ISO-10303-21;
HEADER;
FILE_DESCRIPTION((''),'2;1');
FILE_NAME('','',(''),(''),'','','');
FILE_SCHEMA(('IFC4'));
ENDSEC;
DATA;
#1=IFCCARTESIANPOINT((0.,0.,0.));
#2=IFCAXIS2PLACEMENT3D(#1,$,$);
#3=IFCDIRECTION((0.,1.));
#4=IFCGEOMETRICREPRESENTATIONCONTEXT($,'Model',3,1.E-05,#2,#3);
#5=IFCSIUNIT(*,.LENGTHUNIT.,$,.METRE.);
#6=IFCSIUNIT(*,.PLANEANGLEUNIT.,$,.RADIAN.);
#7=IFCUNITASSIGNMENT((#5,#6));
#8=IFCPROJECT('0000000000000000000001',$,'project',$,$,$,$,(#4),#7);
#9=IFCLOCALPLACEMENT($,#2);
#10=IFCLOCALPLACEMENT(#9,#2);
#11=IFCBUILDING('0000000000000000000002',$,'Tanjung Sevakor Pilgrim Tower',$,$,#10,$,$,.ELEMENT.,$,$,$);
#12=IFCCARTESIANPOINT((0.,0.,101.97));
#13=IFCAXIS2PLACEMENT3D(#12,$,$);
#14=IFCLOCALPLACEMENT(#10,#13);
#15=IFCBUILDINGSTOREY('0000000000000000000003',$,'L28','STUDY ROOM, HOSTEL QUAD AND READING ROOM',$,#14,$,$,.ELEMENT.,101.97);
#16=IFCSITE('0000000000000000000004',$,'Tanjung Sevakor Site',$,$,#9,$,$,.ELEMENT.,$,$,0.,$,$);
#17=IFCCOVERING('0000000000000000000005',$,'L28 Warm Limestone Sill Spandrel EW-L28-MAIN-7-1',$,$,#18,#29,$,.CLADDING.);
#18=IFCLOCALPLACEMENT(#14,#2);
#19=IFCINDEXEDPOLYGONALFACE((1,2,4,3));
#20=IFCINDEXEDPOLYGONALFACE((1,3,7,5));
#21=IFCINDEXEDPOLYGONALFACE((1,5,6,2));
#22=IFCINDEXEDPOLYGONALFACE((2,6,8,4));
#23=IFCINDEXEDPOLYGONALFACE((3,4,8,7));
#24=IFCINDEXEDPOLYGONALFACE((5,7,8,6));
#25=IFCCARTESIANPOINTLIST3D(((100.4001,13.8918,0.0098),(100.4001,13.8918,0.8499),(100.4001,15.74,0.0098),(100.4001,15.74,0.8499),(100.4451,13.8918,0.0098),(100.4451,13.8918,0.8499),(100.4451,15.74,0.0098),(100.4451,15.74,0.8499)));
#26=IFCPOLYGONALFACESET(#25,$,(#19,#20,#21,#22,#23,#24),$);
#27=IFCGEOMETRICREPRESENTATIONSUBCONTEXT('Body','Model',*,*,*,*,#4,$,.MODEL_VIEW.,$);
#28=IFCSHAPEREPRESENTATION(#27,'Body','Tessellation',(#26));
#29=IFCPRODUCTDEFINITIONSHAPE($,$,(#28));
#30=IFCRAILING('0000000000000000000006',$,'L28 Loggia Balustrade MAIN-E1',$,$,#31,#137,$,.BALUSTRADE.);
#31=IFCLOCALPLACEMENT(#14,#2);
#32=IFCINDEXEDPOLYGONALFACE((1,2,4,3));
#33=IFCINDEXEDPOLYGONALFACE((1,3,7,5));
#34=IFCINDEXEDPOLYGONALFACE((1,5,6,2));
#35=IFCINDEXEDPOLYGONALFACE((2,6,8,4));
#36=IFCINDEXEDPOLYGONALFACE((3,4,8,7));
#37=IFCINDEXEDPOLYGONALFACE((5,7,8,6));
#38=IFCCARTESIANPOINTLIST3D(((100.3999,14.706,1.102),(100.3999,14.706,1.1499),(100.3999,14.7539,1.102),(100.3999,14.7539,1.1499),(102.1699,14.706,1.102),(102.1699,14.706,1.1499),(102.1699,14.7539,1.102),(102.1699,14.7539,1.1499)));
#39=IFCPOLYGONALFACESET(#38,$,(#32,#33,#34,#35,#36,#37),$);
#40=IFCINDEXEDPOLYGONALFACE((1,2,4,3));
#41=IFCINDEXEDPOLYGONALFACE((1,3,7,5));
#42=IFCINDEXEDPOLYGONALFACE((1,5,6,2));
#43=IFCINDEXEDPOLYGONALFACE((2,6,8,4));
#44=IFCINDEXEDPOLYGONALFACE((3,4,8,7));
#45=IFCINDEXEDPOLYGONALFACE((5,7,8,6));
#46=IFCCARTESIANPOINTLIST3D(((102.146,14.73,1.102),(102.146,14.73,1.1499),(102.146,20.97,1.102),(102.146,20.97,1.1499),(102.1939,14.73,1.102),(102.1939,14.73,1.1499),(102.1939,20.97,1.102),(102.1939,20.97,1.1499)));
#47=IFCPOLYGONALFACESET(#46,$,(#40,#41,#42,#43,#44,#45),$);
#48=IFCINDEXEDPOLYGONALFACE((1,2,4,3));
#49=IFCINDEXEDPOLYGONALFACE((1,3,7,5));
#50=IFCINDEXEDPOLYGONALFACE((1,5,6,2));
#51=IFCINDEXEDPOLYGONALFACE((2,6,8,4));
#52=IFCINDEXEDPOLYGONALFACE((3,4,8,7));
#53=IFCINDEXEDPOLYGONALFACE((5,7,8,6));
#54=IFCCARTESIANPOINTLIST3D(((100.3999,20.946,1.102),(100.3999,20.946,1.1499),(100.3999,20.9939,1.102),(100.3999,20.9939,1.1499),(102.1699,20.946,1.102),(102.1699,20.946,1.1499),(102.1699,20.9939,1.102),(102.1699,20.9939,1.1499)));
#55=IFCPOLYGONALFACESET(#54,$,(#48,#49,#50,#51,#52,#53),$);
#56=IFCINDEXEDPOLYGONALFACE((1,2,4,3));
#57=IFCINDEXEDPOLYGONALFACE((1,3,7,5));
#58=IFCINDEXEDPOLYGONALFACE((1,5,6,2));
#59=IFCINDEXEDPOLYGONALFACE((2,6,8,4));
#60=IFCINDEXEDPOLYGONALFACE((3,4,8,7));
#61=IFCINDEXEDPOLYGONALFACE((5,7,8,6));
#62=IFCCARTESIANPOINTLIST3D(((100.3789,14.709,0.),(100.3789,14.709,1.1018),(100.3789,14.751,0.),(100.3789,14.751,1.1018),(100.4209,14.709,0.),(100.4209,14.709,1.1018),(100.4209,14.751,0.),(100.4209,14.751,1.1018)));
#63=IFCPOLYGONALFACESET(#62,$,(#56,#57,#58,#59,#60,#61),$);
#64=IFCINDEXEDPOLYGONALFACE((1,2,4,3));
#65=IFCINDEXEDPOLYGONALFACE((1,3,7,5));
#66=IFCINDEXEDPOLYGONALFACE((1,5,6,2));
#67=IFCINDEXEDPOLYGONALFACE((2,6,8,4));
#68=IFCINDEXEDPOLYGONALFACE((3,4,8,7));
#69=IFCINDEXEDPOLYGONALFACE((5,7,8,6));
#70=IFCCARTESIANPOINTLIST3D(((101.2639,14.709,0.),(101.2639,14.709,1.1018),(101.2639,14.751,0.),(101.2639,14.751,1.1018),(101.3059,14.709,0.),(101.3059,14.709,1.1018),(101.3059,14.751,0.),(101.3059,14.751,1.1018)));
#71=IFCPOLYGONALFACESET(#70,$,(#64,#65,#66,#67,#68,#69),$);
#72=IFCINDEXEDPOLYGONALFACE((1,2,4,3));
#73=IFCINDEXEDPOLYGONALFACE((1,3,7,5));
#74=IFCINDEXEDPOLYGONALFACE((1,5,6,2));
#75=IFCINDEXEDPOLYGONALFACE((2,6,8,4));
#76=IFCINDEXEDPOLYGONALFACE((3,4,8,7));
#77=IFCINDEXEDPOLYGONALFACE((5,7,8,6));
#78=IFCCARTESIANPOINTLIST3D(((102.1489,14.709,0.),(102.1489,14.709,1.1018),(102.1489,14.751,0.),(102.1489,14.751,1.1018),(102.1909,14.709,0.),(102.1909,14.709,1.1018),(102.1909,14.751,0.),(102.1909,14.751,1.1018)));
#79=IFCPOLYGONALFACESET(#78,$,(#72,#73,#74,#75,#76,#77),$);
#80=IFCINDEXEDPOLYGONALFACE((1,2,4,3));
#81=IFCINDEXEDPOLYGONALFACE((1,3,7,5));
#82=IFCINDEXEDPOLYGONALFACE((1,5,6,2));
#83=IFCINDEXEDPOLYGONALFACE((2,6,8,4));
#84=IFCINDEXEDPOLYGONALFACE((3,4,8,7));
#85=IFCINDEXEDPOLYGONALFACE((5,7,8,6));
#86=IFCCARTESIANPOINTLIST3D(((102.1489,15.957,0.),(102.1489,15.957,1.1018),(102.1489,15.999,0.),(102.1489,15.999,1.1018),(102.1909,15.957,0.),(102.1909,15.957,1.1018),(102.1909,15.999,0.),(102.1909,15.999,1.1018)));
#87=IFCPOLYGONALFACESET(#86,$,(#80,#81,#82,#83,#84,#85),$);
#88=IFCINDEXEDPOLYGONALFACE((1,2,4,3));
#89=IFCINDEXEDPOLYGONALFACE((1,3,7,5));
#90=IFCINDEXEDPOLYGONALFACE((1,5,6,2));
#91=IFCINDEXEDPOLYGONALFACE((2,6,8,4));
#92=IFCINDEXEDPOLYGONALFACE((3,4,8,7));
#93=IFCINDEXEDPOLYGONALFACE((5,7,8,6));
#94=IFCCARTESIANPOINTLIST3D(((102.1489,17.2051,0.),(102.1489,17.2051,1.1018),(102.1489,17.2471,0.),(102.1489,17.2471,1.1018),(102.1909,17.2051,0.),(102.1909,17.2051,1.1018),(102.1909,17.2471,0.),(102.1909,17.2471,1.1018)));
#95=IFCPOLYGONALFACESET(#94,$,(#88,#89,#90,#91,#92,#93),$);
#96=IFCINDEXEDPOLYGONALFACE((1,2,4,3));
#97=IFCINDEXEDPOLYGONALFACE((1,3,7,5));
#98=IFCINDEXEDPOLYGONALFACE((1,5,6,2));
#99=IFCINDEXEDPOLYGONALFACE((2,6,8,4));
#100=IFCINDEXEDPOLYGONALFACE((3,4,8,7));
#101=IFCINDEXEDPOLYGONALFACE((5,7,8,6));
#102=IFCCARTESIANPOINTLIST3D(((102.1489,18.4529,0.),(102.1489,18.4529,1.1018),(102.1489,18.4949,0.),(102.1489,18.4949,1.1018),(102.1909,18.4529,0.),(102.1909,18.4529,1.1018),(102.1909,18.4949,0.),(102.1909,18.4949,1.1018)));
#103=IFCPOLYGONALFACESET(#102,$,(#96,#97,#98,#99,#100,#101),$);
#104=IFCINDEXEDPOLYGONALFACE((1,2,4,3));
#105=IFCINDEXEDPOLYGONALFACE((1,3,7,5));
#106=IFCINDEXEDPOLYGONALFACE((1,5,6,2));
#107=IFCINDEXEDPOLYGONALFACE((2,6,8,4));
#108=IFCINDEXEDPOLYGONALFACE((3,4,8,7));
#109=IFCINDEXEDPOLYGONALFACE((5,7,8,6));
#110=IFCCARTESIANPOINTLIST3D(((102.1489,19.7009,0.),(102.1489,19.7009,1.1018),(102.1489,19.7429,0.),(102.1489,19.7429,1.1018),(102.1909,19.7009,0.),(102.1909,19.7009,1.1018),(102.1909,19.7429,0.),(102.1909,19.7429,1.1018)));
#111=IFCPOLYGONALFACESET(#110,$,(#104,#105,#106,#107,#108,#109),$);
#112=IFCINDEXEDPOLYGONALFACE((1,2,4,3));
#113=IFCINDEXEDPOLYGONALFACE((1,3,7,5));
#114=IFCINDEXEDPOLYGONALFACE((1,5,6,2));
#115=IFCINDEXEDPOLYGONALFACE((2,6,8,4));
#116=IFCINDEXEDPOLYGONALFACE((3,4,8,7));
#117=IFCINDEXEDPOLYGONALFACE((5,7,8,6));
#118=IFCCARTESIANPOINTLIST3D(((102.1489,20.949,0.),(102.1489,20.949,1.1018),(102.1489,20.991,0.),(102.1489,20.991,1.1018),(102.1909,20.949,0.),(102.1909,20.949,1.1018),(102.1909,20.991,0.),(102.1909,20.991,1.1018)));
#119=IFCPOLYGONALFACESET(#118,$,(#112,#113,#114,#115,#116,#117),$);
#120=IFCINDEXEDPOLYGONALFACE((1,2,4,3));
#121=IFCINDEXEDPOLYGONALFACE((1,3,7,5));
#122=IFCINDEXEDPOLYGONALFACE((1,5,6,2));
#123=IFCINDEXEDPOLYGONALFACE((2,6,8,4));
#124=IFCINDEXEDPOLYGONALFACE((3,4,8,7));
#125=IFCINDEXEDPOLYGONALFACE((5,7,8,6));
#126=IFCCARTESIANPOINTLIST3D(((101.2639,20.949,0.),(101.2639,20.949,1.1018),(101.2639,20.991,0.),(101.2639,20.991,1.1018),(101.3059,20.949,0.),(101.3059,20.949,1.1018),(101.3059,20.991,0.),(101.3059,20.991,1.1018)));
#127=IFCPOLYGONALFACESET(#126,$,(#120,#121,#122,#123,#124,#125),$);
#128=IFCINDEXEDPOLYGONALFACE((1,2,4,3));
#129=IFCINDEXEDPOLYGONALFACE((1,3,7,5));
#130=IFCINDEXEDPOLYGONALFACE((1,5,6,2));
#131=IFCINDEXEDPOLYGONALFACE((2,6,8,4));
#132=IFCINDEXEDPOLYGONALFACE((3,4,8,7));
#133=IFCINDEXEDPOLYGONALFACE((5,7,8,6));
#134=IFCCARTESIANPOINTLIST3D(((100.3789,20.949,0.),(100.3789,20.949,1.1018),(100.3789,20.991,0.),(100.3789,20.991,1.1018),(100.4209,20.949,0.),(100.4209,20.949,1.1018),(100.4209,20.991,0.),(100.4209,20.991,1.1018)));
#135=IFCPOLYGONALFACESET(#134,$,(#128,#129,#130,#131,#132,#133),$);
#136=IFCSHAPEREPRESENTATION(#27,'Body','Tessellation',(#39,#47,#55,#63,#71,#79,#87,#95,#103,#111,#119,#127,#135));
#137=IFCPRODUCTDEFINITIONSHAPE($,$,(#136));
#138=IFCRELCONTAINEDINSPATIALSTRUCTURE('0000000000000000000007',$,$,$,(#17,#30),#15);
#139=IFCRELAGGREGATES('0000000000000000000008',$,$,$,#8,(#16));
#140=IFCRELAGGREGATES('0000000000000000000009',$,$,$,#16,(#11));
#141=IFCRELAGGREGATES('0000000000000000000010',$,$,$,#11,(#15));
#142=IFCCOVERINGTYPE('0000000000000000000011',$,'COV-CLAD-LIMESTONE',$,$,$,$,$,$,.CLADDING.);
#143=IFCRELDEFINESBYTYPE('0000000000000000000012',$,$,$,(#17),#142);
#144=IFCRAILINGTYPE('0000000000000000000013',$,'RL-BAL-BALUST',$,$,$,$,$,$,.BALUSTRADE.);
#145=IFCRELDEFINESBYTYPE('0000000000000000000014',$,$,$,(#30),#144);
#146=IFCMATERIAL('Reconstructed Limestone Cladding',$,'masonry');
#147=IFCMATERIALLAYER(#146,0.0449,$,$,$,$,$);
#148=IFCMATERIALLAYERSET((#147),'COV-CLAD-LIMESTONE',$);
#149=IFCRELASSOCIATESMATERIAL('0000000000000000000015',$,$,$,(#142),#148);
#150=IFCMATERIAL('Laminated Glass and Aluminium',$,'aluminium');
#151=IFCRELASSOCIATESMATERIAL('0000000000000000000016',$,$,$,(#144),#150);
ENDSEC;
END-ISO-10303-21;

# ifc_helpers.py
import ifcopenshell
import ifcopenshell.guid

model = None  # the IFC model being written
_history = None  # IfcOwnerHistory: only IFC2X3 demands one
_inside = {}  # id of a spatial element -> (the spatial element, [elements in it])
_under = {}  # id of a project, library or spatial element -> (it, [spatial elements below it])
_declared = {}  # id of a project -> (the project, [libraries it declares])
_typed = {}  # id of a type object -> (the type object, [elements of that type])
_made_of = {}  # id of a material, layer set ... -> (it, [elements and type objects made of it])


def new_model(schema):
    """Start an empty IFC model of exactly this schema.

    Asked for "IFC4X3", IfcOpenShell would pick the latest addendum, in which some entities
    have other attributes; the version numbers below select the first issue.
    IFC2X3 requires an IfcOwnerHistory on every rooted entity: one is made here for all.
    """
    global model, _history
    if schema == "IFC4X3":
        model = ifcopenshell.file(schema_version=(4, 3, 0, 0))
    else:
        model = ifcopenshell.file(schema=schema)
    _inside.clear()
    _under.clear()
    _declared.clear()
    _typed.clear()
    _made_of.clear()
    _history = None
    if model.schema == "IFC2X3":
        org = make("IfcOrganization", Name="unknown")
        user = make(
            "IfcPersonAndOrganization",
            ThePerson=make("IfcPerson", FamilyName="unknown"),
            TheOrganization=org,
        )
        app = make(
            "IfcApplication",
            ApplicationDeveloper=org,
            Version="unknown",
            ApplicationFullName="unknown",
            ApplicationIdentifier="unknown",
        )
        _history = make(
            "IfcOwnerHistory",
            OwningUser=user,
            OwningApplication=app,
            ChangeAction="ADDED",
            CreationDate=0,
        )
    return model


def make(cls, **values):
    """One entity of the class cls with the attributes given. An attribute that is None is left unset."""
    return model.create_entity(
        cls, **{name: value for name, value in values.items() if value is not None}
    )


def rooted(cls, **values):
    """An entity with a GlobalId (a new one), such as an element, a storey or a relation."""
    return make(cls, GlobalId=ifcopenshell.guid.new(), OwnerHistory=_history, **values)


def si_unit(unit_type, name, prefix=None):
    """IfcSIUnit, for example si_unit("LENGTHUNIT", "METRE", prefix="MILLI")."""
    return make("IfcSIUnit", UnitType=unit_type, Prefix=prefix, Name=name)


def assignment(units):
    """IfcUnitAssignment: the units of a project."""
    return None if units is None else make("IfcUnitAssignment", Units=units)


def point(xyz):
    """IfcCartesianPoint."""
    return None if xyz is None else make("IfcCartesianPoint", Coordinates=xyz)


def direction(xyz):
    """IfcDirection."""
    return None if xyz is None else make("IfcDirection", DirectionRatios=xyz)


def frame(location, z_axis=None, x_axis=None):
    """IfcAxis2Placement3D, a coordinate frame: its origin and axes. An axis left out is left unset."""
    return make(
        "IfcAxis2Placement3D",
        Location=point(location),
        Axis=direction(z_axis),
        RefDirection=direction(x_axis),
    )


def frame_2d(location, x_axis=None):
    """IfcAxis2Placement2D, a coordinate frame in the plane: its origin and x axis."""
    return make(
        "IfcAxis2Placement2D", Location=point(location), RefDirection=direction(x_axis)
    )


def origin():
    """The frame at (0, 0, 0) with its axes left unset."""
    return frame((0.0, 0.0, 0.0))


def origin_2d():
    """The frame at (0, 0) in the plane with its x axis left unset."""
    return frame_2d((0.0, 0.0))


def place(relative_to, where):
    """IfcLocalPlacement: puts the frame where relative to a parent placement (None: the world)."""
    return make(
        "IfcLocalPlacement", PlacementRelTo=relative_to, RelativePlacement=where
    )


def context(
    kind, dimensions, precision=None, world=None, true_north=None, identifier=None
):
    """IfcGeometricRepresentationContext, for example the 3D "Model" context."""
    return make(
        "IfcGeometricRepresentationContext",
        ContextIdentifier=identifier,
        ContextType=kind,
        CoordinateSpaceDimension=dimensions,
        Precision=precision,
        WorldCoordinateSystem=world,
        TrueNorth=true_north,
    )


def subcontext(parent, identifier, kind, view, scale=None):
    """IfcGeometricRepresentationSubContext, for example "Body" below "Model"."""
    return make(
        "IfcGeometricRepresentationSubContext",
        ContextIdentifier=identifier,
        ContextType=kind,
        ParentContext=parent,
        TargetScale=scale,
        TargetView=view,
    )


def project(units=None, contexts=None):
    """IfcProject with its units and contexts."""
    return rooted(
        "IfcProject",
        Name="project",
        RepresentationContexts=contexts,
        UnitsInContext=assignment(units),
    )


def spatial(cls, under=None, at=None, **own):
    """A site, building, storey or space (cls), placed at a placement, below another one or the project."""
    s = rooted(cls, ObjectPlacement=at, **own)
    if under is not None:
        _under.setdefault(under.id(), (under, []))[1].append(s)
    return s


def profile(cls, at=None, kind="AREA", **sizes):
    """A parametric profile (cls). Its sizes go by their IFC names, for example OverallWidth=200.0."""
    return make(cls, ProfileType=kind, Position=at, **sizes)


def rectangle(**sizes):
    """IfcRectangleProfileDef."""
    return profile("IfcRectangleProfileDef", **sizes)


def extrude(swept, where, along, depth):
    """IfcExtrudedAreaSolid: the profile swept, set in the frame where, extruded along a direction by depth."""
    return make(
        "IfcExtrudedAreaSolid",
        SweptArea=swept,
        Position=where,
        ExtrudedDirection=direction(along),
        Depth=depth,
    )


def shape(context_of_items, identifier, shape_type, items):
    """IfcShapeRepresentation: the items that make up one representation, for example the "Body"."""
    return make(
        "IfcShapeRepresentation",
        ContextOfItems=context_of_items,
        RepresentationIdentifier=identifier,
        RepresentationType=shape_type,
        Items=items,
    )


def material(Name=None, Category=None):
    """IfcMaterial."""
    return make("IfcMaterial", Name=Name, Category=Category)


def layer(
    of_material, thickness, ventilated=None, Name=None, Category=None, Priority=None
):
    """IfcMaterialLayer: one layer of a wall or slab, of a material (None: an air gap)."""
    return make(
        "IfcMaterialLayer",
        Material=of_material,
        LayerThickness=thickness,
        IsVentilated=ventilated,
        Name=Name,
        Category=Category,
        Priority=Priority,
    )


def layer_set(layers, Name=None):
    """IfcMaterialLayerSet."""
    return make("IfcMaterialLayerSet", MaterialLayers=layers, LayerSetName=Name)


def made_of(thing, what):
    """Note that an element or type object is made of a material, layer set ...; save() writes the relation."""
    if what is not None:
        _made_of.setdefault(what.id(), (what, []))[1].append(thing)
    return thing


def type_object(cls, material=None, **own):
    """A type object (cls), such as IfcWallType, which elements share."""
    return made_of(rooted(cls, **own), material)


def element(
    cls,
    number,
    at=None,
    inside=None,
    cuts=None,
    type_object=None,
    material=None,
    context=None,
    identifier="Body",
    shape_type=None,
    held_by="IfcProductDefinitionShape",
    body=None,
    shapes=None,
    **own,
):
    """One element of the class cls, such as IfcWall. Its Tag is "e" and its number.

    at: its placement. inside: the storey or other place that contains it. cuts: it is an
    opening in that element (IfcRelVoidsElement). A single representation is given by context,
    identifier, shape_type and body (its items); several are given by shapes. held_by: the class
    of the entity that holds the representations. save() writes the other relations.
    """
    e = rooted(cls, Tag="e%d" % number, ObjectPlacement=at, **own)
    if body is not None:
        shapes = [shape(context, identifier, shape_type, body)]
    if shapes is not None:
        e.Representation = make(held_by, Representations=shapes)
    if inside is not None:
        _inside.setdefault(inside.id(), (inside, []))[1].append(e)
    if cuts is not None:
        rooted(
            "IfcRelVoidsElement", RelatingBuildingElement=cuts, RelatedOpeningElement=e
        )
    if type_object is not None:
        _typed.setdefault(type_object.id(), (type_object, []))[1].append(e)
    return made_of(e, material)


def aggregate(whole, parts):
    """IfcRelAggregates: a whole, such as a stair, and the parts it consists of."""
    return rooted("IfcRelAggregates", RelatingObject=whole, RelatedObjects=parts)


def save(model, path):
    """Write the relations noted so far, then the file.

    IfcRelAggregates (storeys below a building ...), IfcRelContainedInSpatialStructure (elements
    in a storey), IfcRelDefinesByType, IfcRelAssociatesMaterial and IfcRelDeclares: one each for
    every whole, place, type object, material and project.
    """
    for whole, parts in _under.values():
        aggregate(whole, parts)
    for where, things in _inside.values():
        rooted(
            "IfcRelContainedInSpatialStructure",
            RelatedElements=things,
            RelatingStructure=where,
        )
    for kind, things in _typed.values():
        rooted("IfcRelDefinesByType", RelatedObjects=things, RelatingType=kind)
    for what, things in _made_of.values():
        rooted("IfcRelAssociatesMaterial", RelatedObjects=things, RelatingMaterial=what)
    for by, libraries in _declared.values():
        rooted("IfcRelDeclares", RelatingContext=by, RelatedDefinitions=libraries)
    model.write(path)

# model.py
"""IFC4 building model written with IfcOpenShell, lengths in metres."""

from ifc_helpers import new_model, si_unit, direction, frame, origin, origin_2d, place, context, subcontext, project, spatial, rectangle, extrude, material, layer, layer_set, type_object, element, save


model = new_model("IFC4")

# Units and contexts
model_context = context("Model", 3, precision=1e-05, world=origin(), true_north=direction((0.0, 1.0)))
body_context = subcontext(model_context, "Body", "Model", "MODEL_VIEW")
ifc_project = project(units=[si_unit("LENGTHUNIT", "METRE"), si_unit("PLANEANGLEUNIT", "RADIAN")], contexts=[model_context])

# Site, building, storey
site_placement = place(None, origin())
site = spatial("IfcSite", under=ifc_project, at=site_placement, Name="Tanjung Sevakor Site", CompositionType="ELEMENT", RefElevation=0.0)
building_placement = place(site_placement, origin())
building = spatial("IfcBuilding", under=site, at=building_placement, Name="Tanjung Sevakor Pilgrim Tower", CompositionType="ELEMENT")
storey_placement = place(building_placement, frame((0.0, 0.0, 101.97)))
storey = spatial("IfcBuildingStorey", under=building, at=storey_placement, Name="L28", Description="STUDY ROOM, HOSTEL QUAD AND READING ROOM", CompositionType="ELEMENT", Elevation=101.97)

# Covering
ifc_material_1 = material(Name="Reconstructed Limestone Cladding", Category="masonry")
ifc_layer_1 = layer(ifc_material_1, 0.0449)
ifc_layer_set_1 = layer_set([ifc_layer_1], Name="COV-CLAD-LIMESTONE")
covering_type = type_object("IfcCoveringType", Name="COV-CLAD-LIMESTONE", PredefinedType="CLADDING", material=ifc_layer_set_1)
covering_1_placement = place(storey_placement, frame((100.4226, 14.8159, 0.0098), z_axis=(0.0, 0.0, 1.0), x_axis=(0.0, 1.0, 0.0)))
element("IfcCovering", 1, at=covering_1_placement, inside=storey, type_object=covering_type, Name="L28 Warm Limestone Sill Spandrel EW-L28-MAIN-7-1", PredefinedType="CLADDING", context=body_context, shape_type="SweptSolid", body=[
    extrude(rectangle(XDim=1.8481, YDim=0.0449, at=origin_2d()), origin(), (0.0, 0.0, 1.0), 0.8401),
])

# Railing
ifc_material_2 = material(Name="Laminated Glass and Aluminium", Category="aluminium")
railing_type = type_object("IfcRailingType", Name="RL-BAL-BALUST", PredefinedType="BALUSTRADE", material=ifc_material_2)
railing_placement = place(storey_placement, frame((100.3999, 14.73, 0.0)))
element("IfcRailing", 2, at=railing_placement, inside=storey, type_object=railing_type, Name="L28 Loggia Balustrade MAIN-E1", PredefinedType="BALUSTRADE", context=body_context, shape_type="SweptSolid", body=[
    extrude(rectangle(XDim=0.0479, YDim=0.0479), frame((0.0, 0.0, 1.126), z_axis=(1.0, 0.0, 0.0), x_axis=(0.0, 1.0, 0.0)), (0.0, 0.0, 1.0), 1.77),
    extrude(rectangle(XDim=0.0479, YDim=0.0479), frame((1.77, 0.0, 1.126), z_axis=(0.0, 1.0, 0.0), x_axis=(-1.0, 0.0, 0.0)), (0.0, 0.0, 1.0), 6.24),
    extrude(rectangle(XDim=0.0479, YDim=0.0479), frame((1.77, 6.24, 1.126), z_axis=(-1.0, 0.0, 0.0), x_axis=(0.0, -1.0, 0.0)), (0.0, 0.0, 1.0), 1.77),
    extrude(rectangle(XDim=0.042, YDim=0.042), origin(), (0.0, 0.0, 1.0), 1.1018),
    extrude(rectangle(XDim=0.042, YDim=0.042), frame((0.885, 0.0, 0.0)), (0.0, 0.0, 1.0), 1.1018),
    extrude(rectangle(XDim=0.042, YDim=0.042), frame((1.77, 0.0, 0.0)), (0.0, 0.0, 1.0), 1.1018),
    extrude(rectangle(XDim=0.042, YDim=0.042), frame((1.77, 1.248, 0.0)), (0.0, 0.0, 1.0), 1.1018),
    extrude(rectangle(XDim=0.042, YDim=0.042), frame((1.77, 2.4961, 0.0)), (0.0, 0.0, 1.0), 1.1018),
    extrude(rectangle(XDim=0.042, YDim=0.042), frame((1.77, 3.7439, 0.0)), (0.0, 0.0, 1.0), 1.1018),
    extrude(rectangle(XDim=0.042, YDim=0.042), frame((1.77, 4.9919, 0.0)), (0.0, 0.0, 1.0), 1.1018),
    extrude(rectangle(XDim=0.042, YDim=0.042), frame((1.77, 6.24, 0.0)), (0.0, 0.0, 1.0), 1.1018),
    extrude(rectangle(XDim=0.042, YDim=0.042), frame((0.885, 6.24, 0.0)), (0.0, 0.0, 1.0), 1.1018),
    extrude(rectangle(XDim=0.042, YDim=0.042), frame((0.0, 6.24, 0.0)), (0.0, 0.0, 1.0), 1.1018),
])

save(model, "model.ifc")
